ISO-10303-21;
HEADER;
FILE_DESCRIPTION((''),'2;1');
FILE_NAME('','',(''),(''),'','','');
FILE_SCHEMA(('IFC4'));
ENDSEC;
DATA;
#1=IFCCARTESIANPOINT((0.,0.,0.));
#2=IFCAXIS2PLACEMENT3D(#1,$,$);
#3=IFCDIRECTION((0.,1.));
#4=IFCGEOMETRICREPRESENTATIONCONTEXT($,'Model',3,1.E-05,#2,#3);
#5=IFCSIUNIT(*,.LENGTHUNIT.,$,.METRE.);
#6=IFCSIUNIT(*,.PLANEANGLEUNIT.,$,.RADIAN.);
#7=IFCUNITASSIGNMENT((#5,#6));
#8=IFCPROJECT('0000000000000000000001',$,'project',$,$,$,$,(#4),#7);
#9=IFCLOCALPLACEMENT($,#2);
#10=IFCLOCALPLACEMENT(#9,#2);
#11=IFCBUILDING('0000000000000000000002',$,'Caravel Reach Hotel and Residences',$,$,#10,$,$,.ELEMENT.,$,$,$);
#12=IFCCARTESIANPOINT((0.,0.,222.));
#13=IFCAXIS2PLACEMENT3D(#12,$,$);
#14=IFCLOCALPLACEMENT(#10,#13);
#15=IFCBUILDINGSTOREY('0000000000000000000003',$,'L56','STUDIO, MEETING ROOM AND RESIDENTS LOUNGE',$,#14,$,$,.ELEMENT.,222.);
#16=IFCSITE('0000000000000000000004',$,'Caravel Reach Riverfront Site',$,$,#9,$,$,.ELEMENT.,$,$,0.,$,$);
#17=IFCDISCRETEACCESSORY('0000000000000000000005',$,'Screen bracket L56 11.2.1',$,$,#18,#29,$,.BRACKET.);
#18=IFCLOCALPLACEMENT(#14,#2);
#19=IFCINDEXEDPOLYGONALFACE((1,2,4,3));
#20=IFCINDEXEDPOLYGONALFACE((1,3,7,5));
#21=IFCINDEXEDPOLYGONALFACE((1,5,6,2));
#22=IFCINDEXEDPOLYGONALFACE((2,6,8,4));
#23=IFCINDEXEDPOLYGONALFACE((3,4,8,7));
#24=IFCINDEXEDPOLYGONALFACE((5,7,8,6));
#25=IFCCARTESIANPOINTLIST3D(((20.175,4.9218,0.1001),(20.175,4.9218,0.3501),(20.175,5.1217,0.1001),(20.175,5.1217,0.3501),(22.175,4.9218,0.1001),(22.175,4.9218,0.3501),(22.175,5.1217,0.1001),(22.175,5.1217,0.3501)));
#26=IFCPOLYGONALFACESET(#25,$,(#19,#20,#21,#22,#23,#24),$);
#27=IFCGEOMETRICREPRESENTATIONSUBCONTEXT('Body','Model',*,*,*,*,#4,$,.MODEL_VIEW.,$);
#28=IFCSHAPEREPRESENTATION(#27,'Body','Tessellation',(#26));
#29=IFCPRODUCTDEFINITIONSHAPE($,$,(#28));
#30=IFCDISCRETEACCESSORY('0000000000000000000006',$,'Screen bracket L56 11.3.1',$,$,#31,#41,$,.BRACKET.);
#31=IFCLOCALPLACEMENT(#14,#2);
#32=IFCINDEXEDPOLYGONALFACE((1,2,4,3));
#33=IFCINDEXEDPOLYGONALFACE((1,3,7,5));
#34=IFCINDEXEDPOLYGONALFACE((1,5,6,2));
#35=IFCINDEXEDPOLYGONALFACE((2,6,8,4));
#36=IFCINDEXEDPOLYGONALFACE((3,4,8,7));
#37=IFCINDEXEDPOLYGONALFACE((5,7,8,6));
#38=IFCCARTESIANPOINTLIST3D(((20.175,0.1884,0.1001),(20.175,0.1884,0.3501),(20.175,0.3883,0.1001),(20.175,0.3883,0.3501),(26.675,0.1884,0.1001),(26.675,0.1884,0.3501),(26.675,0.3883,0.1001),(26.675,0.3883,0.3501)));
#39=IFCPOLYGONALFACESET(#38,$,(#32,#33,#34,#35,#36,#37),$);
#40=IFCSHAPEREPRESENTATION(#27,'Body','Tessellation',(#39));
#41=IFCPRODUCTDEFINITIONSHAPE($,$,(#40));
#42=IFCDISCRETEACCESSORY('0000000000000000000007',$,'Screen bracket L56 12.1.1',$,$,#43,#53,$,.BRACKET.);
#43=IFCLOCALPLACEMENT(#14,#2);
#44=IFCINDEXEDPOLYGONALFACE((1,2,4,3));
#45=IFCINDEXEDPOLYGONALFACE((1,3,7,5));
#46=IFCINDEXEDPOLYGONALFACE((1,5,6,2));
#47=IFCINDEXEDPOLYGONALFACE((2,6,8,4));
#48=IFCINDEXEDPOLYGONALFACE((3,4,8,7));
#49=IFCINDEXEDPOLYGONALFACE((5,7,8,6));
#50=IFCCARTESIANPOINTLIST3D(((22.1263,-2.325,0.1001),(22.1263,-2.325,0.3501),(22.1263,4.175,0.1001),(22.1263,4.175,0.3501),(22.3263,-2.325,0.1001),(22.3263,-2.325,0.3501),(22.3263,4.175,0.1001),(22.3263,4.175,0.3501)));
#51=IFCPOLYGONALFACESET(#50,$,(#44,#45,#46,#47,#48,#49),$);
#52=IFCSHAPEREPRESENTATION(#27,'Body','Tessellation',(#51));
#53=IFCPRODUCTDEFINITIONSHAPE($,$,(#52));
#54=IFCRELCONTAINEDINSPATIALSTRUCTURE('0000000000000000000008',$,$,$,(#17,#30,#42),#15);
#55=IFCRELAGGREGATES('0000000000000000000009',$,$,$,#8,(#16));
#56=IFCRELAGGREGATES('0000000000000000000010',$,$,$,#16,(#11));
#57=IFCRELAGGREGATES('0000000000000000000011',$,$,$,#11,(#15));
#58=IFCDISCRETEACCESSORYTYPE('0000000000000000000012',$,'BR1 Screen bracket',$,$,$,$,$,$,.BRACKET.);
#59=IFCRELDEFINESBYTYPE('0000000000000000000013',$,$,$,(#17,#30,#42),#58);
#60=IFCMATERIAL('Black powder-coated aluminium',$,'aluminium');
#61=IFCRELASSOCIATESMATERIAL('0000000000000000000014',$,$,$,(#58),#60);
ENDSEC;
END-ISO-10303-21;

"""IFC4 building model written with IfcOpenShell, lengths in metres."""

from ifc_helpers import new_model, si_unit, direction, frame, origin, origin_2d, place, context, subcontext, project, spatial, rectangle, extrude, material, type_object, element, save


model = new_model("IFC4")

# Units and contexts
model_context = context("Model", 3, precision=1e-05, world=origin(), true_north=direction((0.0, 1.0)))
body_context = subcontext(model_context, "Body", "Model", "MODEL_VIEW")
ifc_project = project(units=[si_unit("LENGTHUNIT", "METRE"), si_unit("PLANEANGLEUNIT", "RADIAN")], contexts=[model_context])

# Site, building, storey
site_placement = place(None, origin())
site = spatial("IfcSite", under=ifc_project, at=site_placement, Name="Caravel Reach Riverfront Site", CompositionType="ELEMENT", RefElevation=0.0)
building_placement = place(site_placement, origin())
building = spatial("IfcBuilding", under=site, at=building_placement, Name="Caravel Reach Hotel and Residences", CompositionType="ELEMENT")
storey_placement = place(building_placement, frame((0.0, 0.0, 222.0)))
storey = spatial("IfcBuildingStorey", under=building, at=storey_placement, Name="L56", Description="STUDIO, MEETING ROOM AND RESIDENTS LOUNGE", CompositionType="ELEMENT", Elevation=222.0)

# Discrete accessories
ifc_material_1 = material(Name="Black powder-coated aluminium", Category="aluminium")
discrete_accessory_type = type_object("IfcDiscreteAccessoryType", Name="BR1 Screen bracket", PredefinedType="BRACKET", material=ifc_material_1)
for number, where, z_axis, x_axis, name in (
    (1, (21.175, 5.0217, 0.1001), (0.0, 0.0, 1.0), (-1.0, 0.0, 0.0), "Screen bracket L56 11.2.1"),
):
    element("IfcDiscreteAccessory", number, at=place(storey_placement, frame(where, z_axis=z_axis, x_axis=x_axis)), inside=storey, type_object=discrete_accessory_type, Name=name, PredefinedType="BRACKET", context=body_context, shape_type="SweptSolid", body=[
        extrude(rectangle(XDim=2.0, YDim=0.2, at=origin_2d()), origin(), (0.0, 0.0, 1.0), 0.25),
    ])
for number, where, z_axis, x_axis, name in (
    (2, (23.425, 0.2883, 0.1001), (0.0, 0.0, 1.0), (-1.0, 0.0, 0.0), "Screen bracket L56 11.3.1"),
    (3, (22.2263, 0.925, 0.1001), (0.0, 0.0, 1.0), (0.0, -1.0, 0.0), "Screen bracket L56 12.1.1"),
):
    element("IfcDiscreteAccessory", number, at=place(storey_placement, frame(where, z_axis=z_axis, x_axis=x_axis)), inside=storey, type_object=discrete_accessory_type, Name=name, PredefinedType="BRACKET", context=body_context, shape_type="SweptSolid", body=[
        extrude(rectangle(XDim=6.5, YDim=0.2, at=origin_2d()), origin(), (0.0, 0.0, 1.0), 0.25),
    ])

save(model, "model.ifc")
